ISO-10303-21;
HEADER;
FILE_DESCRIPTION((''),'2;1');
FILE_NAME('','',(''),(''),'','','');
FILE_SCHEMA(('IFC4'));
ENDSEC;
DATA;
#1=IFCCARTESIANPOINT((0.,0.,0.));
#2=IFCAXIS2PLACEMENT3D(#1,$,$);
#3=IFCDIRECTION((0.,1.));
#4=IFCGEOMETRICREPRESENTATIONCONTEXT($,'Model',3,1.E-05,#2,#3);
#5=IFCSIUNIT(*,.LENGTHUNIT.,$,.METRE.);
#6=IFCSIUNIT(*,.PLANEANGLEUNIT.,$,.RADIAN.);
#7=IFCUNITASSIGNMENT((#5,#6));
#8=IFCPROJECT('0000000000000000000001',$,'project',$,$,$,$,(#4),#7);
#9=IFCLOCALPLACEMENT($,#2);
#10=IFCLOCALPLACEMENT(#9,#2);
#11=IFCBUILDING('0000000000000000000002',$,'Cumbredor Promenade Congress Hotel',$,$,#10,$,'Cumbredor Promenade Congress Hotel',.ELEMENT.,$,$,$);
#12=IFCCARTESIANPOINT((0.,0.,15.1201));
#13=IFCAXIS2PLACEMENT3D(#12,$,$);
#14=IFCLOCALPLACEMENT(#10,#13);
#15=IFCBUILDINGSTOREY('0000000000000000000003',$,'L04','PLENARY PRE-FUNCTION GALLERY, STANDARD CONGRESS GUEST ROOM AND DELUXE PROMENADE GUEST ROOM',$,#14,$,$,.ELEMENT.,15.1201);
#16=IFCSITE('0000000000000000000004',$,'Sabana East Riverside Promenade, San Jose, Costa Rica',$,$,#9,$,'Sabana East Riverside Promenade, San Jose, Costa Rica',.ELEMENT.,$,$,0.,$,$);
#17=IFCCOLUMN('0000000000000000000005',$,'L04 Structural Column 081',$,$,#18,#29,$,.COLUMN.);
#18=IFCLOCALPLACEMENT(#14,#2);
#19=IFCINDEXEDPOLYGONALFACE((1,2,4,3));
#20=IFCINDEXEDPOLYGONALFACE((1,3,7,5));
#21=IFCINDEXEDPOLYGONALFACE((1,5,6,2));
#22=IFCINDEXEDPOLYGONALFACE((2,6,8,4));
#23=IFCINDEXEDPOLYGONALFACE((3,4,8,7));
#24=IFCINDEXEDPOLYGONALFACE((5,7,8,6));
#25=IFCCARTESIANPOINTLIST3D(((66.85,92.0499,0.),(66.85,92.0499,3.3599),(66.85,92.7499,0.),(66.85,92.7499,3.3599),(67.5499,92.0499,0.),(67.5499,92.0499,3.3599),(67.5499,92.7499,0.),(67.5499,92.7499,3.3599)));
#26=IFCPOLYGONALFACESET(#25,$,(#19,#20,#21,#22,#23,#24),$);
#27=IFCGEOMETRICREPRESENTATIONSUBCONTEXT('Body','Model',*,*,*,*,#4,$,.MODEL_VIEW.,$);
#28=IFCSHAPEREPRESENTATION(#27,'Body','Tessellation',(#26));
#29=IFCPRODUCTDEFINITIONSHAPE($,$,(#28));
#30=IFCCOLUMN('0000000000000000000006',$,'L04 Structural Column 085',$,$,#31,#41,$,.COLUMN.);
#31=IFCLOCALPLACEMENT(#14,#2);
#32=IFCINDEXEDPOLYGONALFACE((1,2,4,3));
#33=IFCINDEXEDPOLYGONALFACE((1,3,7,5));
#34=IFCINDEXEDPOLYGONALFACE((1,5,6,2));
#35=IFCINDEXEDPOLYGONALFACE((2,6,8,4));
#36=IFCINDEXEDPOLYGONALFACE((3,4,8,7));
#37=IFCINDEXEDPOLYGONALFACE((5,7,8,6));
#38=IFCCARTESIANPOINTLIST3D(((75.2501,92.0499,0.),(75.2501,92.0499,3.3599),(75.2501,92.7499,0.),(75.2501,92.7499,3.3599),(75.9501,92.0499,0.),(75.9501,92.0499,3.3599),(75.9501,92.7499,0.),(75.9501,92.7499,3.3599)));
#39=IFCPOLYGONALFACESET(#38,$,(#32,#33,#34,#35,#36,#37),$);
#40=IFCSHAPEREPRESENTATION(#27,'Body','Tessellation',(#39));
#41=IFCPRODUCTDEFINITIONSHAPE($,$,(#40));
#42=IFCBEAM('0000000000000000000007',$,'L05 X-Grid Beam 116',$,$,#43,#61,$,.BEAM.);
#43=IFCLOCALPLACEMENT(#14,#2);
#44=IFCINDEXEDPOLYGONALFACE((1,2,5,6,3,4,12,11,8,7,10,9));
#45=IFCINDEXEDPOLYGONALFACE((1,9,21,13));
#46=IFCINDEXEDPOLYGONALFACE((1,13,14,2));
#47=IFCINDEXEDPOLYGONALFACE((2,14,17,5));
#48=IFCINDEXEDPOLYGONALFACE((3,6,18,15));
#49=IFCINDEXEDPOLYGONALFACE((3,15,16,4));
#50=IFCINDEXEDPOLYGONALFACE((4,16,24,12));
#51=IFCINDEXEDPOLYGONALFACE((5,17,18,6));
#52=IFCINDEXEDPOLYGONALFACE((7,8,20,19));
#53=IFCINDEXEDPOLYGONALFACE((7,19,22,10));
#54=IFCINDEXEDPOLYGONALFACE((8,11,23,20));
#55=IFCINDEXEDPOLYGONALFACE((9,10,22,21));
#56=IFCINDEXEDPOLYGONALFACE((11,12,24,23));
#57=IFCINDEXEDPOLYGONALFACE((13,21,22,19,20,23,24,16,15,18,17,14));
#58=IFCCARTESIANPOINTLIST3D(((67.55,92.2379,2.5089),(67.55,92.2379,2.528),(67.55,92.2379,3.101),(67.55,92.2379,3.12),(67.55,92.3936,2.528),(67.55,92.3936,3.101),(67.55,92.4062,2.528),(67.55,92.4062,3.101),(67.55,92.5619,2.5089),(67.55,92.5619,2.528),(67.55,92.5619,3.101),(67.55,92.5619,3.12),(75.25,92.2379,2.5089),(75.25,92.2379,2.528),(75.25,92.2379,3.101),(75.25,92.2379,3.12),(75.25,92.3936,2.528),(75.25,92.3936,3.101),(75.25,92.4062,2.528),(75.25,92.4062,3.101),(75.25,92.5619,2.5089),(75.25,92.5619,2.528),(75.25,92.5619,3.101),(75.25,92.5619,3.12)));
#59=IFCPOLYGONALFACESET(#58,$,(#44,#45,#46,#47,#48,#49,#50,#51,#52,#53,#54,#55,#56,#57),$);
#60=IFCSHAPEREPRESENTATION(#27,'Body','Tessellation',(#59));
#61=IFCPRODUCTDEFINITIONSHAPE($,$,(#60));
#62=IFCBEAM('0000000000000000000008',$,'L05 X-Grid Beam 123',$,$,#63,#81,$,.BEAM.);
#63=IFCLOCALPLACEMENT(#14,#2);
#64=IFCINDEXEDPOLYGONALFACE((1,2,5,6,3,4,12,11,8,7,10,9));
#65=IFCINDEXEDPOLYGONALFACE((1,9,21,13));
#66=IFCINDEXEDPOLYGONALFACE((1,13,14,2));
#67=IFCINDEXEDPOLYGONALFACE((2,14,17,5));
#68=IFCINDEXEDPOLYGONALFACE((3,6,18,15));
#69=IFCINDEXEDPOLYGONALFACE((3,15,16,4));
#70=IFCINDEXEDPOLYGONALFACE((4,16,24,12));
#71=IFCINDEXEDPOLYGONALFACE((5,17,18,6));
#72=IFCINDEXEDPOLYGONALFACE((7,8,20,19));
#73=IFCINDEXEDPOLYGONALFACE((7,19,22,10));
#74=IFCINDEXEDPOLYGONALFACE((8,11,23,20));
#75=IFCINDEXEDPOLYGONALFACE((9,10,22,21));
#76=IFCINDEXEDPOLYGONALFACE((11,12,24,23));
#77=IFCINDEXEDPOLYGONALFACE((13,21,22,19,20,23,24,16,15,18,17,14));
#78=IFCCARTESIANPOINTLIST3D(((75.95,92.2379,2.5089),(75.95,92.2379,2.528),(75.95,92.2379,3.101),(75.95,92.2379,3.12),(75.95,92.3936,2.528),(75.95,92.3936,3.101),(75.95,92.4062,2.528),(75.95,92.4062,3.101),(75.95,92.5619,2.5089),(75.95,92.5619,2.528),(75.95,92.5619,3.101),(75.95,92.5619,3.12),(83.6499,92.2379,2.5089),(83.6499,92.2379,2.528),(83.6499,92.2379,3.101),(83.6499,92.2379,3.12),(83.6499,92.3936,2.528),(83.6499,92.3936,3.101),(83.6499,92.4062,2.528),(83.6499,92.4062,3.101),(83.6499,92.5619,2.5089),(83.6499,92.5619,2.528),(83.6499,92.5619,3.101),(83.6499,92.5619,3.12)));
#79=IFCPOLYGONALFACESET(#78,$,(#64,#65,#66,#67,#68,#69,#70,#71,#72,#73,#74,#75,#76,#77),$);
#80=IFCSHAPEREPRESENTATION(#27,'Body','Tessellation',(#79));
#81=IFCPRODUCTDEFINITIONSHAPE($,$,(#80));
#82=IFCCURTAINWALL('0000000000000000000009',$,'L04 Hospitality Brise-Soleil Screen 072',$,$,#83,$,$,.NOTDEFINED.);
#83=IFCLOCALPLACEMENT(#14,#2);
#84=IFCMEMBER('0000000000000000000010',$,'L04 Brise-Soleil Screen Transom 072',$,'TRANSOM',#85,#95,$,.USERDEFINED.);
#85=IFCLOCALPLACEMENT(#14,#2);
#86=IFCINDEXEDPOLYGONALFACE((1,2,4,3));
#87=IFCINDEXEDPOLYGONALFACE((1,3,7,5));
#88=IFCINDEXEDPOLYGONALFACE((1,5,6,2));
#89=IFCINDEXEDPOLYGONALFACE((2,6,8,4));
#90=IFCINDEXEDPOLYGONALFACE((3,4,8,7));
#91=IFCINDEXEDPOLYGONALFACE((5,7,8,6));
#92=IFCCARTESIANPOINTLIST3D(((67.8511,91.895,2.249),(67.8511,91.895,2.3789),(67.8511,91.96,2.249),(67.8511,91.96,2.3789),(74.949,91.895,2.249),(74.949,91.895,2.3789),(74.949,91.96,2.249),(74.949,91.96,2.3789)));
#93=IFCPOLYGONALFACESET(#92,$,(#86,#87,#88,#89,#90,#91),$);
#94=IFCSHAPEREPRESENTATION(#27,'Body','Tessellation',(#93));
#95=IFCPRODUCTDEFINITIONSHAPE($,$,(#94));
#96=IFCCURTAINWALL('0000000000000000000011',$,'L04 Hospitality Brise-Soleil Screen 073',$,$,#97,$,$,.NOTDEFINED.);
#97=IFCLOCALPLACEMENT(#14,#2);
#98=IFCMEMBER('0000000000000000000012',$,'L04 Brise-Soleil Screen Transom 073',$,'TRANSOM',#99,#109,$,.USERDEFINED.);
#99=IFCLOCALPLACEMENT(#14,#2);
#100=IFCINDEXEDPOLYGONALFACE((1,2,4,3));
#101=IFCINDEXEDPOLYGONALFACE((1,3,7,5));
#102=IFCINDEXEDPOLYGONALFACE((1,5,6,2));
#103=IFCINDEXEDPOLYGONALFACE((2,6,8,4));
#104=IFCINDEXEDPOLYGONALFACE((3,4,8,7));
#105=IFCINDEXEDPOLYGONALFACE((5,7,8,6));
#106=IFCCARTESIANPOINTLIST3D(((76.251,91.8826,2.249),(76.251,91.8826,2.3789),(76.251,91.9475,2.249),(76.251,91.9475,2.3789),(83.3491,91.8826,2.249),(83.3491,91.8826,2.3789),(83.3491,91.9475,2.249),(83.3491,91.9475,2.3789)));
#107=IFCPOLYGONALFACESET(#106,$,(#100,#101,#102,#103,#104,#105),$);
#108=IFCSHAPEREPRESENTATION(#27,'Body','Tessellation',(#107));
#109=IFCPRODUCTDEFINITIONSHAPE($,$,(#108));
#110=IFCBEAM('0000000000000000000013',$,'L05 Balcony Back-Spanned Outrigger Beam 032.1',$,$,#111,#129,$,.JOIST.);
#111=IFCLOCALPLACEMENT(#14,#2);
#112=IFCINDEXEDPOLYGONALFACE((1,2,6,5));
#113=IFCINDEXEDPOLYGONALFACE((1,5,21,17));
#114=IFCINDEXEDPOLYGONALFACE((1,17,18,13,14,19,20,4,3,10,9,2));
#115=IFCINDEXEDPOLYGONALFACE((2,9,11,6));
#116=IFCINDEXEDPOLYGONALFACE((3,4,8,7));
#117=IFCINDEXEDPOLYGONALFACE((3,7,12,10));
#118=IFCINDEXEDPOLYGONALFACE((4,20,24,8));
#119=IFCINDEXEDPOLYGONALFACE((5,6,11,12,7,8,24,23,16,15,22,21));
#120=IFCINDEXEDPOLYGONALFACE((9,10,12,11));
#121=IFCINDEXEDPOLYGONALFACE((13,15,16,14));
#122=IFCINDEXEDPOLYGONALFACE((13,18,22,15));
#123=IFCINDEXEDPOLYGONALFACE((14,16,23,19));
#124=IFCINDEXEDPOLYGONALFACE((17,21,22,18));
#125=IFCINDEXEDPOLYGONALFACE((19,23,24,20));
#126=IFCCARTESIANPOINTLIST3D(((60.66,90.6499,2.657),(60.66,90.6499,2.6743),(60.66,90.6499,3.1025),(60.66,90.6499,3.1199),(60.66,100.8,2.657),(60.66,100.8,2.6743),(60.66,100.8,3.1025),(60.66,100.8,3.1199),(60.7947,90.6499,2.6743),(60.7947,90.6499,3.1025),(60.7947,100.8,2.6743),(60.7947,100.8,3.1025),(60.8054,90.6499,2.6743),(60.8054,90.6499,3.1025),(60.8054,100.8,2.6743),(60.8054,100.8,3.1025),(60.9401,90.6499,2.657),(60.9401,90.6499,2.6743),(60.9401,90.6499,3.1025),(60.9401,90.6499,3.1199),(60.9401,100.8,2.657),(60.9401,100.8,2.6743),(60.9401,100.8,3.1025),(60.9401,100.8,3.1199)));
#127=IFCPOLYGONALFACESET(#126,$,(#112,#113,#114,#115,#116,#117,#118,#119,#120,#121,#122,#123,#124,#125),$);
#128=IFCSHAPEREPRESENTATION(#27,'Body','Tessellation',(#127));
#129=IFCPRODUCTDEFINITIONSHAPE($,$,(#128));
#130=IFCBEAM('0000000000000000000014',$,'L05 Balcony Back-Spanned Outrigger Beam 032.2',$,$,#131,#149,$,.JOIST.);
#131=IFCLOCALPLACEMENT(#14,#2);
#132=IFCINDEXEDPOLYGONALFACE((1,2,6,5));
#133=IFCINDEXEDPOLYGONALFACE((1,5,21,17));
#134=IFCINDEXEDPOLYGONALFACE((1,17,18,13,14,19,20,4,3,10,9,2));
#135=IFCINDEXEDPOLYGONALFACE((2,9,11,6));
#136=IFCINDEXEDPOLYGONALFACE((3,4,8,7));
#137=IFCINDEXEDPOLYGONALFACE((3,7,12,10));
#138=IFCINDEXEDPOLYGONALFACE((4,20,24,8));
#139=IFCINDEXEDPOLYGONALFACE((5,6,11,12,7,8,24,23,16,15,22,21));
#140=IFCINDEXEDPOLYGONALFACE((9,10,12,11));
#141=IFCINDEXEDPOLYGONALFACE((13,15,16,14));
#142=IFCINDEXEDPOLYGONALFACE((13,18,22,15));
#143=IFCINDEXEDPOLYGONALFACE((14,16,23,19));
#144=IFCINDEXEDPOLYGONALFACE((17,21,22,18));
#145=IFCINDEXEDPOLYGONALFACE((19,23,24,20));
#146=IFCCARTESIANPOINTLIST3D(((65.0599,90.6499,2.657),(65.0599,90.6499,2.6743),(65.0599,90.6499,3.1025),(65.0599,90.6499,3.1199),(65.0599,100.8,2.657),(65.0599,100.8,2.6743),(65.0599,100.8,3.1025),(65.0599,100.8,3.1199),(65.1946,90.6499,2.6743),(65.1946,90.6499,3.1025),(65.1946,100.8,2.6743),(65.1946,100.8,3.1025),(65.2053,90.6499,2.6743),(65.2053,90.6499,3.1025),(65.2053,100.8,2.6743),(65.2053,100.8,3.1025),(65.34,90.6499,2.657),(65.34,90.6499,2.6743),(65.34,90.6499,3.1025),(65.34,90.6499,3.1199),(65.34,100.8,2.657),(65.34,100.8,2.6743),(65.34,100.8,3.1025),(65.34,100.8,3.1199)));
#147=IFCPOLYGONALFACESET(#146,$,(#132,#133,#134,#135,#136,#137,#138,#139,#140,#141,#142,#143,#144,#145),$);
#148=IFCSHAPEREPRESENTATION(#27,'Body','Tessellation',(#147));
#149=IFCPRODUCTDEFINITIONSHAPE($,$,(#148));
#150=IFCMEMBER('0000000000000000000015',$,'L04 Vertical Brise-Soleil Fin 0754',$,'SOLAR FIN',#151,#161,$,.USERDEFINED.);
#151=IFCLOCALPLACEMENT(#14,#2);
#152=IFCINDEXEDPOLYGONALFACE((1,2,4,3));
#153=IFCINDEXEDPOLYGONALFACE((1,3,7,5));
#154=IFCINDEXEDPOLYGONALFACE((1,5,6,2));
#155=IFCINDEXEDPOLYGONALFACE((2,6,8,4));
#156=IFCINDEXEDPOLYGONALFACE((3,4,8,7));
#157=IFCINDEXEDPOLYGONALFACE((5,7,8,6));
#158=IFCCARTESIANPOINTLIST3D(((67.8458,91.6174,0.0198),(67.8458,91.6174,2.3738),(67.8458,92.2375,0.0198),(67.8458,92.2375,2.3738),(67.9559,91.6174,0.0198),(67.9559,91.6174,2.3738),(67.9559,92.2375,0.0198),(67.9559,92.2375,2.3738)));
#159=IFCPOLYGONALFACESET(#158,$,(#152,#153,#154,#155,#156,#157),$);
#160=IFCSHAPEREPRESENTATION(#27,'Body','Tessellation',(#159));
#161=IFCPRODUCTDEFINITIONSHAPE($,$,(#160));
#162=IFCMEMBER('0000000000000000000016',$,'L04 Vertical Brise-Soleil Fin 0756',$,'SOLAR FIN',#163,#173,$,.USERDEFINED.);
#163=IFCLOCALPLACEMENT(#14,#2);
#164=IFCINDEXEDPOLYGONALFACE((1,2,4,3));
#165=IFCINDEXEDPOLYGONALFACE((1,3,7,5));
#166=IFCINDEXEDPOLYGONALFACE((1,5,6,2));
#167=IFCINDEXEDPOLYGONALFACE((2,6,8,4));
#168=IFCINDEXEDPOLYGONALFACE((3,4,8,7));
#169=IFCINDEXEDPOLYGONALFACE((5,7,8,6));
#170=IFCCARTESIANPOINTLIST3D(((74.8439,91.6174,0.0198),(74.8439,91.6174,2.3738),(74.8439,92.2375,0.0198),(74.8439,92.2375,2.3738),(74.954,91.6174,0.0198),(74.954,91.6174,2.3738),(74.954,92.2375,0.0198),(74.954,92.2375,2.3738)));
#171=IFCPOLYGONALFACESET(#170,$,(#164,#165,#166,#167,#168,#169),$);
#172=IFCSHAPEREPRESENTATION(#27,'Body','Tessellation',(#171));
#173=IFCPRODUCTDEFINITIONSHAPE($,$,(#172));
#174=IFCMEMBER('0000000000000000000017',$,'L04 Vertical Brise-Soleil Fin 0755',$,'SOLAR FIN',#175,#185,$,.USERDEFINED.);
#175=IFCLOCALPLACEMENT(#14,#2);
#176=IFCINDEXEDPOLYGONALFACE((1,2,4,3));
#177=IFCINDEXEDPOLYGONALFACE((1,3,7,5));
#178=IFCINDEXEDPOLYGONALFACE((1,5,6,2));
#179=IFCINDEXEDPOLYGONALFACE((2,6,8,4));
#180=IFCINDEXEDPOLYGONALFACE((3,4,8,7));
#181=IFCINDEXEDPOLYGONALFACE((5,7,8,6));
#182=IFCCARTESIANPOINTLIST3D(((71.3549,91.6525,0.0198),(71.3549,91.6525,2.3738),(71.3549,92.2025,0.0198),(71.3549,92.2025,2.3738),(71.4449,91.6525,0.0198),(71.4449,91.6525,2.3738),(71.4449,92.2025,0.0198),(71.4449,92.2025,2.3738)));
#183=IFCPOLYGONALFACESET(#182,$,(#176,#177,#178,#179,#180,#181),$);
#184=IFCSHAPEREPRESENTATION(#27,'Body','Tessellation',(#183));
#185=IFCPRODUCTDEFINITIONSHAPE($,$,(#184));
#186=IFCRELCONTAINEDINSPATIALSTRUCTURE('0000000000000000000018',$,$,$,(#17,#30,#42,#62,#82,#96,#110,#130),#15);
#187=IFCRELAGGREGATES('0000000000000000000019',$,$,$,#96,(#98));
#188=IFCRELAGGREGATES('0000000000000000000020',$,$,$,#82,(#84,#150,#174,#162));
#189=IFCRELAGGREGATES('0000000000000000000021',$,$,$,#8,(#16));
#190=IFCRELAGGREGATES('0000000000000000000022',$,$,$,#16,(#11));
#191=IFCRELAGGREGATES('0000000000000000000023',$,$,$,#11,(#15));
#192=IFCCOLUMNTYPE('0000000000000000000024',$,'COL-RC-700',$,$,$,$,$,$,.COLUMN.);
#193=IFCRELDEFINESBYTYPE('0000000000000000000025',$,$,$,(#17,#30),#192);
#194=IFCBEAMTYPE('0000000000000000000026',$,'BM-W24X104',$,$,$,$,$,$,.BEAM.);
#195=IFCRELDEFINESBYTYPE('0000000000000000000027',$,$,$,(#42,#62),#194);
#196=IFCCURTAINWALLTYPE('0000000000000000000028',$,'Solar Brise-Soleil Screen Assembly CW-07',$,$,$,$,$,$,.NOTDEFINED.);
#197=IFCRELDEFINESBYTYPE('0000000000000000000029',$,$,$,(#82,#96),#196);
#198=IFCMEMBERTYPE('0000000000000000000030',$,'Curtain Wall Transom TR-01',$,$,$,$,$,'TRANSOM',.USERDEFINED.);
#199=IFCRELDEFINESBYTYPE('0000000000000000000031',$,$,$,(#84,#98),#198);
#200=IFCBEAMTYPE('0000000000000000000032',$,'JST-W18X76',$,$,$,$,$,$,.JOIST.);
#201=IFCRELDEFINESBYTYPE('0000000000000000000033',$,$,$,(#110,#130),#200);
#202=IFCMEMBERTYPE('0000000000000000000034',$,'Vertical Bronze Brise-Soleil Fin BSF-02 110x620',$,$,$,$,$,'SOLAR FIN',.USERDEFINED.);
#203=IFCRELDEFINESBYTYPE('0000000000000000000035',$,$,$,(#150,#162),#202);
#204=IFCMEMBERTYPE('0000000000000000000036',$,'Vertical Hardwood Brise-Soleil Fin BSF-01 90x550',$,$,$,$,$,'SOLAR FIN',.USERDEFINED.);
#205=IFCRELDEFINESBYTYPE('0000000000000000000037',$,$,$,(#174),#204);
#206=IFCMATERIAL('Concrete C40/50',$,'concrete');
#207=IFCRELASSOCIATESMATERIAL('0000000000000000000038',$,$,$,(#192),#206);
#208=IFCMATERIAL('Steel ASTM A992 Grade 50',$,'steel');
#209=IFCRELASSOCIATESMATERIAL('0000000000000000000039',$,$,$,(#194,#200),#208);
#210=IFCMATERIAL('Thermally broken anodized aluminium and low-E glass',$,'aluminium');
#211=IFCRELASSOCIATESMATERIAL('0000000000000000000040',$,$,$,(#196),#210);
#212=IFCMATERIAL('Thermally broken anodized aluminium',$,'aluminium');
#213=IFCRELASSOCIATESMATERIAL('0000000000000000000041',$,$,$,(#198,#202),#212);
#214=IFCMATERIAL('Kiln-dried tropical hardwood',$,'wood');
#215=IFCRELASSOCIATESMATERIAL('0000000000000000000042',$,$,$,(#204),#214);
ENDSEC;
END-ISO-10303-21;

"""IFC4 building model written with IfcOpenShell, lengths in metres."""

from ifc_helpers import new_model, si_unit, direction, frame, origin, origin_2d, place, context, subcontext, project, spatial, rectangle, i_section, extrude, material, material_profile, profile_set, type_object, element, aggregate, save


model = new_model("IFC4")

# Units and contexts
model_context = context("Model", 3, precision=1e-05, world=origin(), true_north=direction((0.0, 1.0)))
body_context = subcontext(model_context, "Body", "Model", "MODEL_VIEW")
ifc_project = project(units=[si_unit("LENGTHUNIT", "METRE"), si_unit("PLANEANGLEUNIT", "RADIAN")], contexts=[model_context])

# Site, building, storey
site_placement = place(None, origin())
site = spatial("IfcSite", under=ifc_project, at=site_placement, Name="Sabana East Riverside Promenade, San Jose, Costa Rica", LongName="Sabana East Riverside Promenade, San Jose, Costa Rica", CompositionType="ELEMENT", RefElevation=0.0)
building_placement = place(site_placement, origin())
building = spatial("IfcBuilding", under=site, at=building_placement, Name="Cumbredor Promenade Congress Hotel", LongName="Cumbredor Promenade Congress Hotel", CompositionType="ELEMENT")
storey_placement = place(building_placement, frame((0.0, 0.0, 15.1201)))
storey = spatial("IfcBuildingStorey", under=building, at=storey_placement, Name="L04", Description="PLENARY PRE-FUNCTION GALLERY, STANDARD CONGRESS GUEST ROOM AND DELUXE PROMENADE GUEST ROOM", CompositionType="ELEMENT", Elevation=15.1201)

# Columns
ifc_material_1 = material(Name="Concrete C40/50", Category="concrete")
ifc_material_profile_1 = material_profile(ifc_material_1, rectangle(XDim=0.7, YDim=0.7, at=origin_2d()), Name="RC 700x700")
ifc_profile_set_1 = profile_set([ifc_material_profile_1], Name="Concrete C40/50")
column_type = type_object("IfcColumnType", Name="COL-RC-700", PredefinedType="COLUMN", material=ifc_profile_set_1)
for number, where, z_axis, x_axis, name in (
    (1, (67.2, 92.3999, 0.0), (0.0, 0.0, 1.0), (1.0, 0.0, 0.0), "L04 Structural Column 081"),
    (2, (75.6001, 92.3999, 0.0), (0.0, 0.0, 1.0), (1.0, 0.0, 0.0), "L04 Structural Column 085"),
):
    element("IfcColumn", number, at=place(storey_placement, frame(where, z_axis=z_axis, x_axis=x_axis)), inside=storey, type_object=column_type, Name=name, PredefinedType="COLUMN", context=body_context, shape_type="SweptSolid", body=[
        extrude(rectangle(XDim=0.7, YDim=0.7, at=origin_2d()), origin(), (0.0, 0.0, 1.0), 3.3599),
    ])

# Beams
ifc_material_2 = material(Name="Steel ASTM A992 Grade 50", Category="steel")
ifc_material_profile_2 = material_profile(ifc_material_2, i_section(OverallWidth=0.324, OverallDepth=0.6111, WebThickness=0.0127, FlangeThickness=0.019, at=origin_2d()), Name="W24X104")
ifc_profile_set_2 = profile_set([ifc_material_profile_2], Name="Steel ASTM A992 Grade 50")
beam_type_1 = type_object("IfcBeamType", Name="BM-W24X104", PredefinedType="BEAM", material=ifc_profile_set_2)
for number, where, z_axis, x_axis, name in (
    (3, (67.55, 92.3999, 2.8145), (1.0, 0.0, 0.0), (0.0, 1.0, 0.0), "L05 X-Grid Beam 116"),
    (4, (75.95, 92.3999, 2.8145), (1.0, 0.0, 0.0), (0.0, 1.0, 0.0), "L05 X-Grid Beam 123"),
):
    element("IfcBeam", number, at=place(storey_placement, frame(where, z_axis=z_axis, x_axis=x_axis)), inside=storey, type_object=beam_type_1, Name=name, PredefinedType="BEAM", context=body_context, shape_type="SweptSolid", body=[
        extrude(i_section(OverallWidth=0.324, OverallDepth=0.6111, WebThickness=0.0127, FlangeThickness=0.019, at=origin_2d()), origin(), (0.0, 0.0, 1.0), 7.7),
    ])

# Curtain walls, members
ifc_material_3 = material(Name="Thermally broken anodized aluminium and low-E glass", Category="aluminium")
curtain_wall_type = type_object("IfcCurtainWallType", Name="Solar Brise-Soleil Screen Assembly CW-07", PredefinedType="NOTDEFINED", material=ifc_material_3)
curtain_wall_1_placement = place(storey_placement, origin())
curtain_wall_1 = element("IfcCurtainWall", 5, at=curtain_wall_1_placement, inside=storey, type_object=curtain_wall_type, Name="L04 Hospitality Brise-Soleil Screen 072", PredefinedType="NOTDEFINED")
ifc_material_4 = material(Name="Thermally broken anodized aluminium", Category="aluminium")
ifc_material_profile_3 = material_profile(ifc_material_4, rectangle(XDim=0.0649, YDim=0.1299, at=origin_2d()), Name="ALU TRANSOM 65x130")
ifc_profile_set_3 = profile_set([ifc_material_profile_3], Name="Thermally broken anodized aluminium")
member_type_1 = type_object("IfcMemberType", Name="Curtain Wall Transom TR-01", ElementType="TRANSOM", PredefinedType="USERDEFINED", material=ifc_profile_set_3)
member_1_placement = place(storey_placement, frame((67.8511, 91.9275, 2.314), z_axis=(1.0, 0.0, 0.0), x_axis=(0.0, 1.0, 0.0)))
member_1 = element("IfcMember", 6, at=member_1_placement, type_object=member_type_1, Name="L04 Brise-Soleil Screen Transom 072", ObjectType="TRANSOM", PredefinedType="USERDEFINED", context=body_context, shape_type="SweptSolid", body=[
    extrude(rectangle(XDim=0.0649, YDim=0.1299, at=origin_2d()), origin(), (0.0, 0.0, 1.0), 7.0979),
])
curtain_wall_2_placement = place(storey_placement, origin())
curtain_wall_2 = element("IfcCurtainWall", 7, at=curtain_wall_2_placement, inside=storey, type_object=curtain_wall_type, Name="L04 Hospitality Brise-Soleil Screen 073", PredefinedType="NOTDEFINED")
member_2_placement = place(storey_placement, frame((76.251, 91.915, 2.314), z_axis=(1.0, 0.0, 0.0), x_axis=(0.0, 1.0, 0.0)))
member_2 = element("IfcMember", 8, at=member_2_placement, type_object=member_type_1, Name="L04 Brise-Soleil Screen Transom 073", ObjectType="TRANSOM", PredefinedType="USERDEFINED", context=body_context, shape_type="SweptSolid", body=[
    extrude(rectangle(XDim=0.0649, YDim=0.1299, at=origin_2d()), origin(), (0.0, 0.0, 1.0), 7.0981),
])

# Beams
ifc_material_profile_4 = material_profile(ifc_material_2, i_section(OverallWidth=0.28, OverallDepth=0.4629, WebThickness=0.0107, FlangeThickness=0.0173, at=origin_2d()), Name="W18X76")
ifc_profile_set_4 = profile_set([ifc_material_profile_4], Name="Steel ASTM A992 Grade 50")
beam_type_2 = type_object("IfcBeamType", Name="JST-W18X76", PredefinedType="JOIST", material=ifc_profile_set_4)
for number, where, z_axis, x_axis, name in (
    (9, (60.8, 90.6499, 2.8884), (0.0, 1.0, 0.0), (-1.0, 0.0, 0.0), "L05 Balcony Back-Spanned Outrigger Beam 032.1"),
    (10, (65.2, 90.6499, 2.8884), (0.0, 1.0, 0.0), (-1.0, 0.0, 0.0), "L05 Balcony Back-Spanned Outrigger Beam 032.2"),
):
    element("IfcBeam", number, at=place(storey_placement, frame(where, z_axis=z_axis, x_axis=x_axis)), inside=storey, type_object=beam_type_2, Name=name, PredefinedType="JOIST", context=body_context, shape_type="SweptSolid", body=[
        extrude(i_section(OverallWidth=0.28, OverallDepth=0.4629, WebThickness=0.0107, FlangeThickness=0.0173, at=origin_2d()), origin(), (0.0, 0.0, 1.0), 10.1501),
    ])

# Members
ifc_material_profile_5 = material_profile(ifc_material_4, rectangle(XDim=0.1101, YDim=0.6201, at=origin_2d()), Name="ARCH FIN 110x620")
ifc_profile_set_5 = profile_set([ifc_material_profile_5], Name="Thermally broken anodized aluminium")
member_type_2 = type_object("IfcMemberType", Name="Vertical Bronze Brise-Soleil Fin BSF-02 110x620", ElementType="SOLAR FIN", PredefinedType="USERDEFINED", material=ifc_profile_set_5)
member_3_placement = place(storey_placement, frame((67.9009, 91.9275, 0.0198), z_axis=(0.0, 0.0, 1.0), x_axis=(1.0, 0.0, 0.0)))
member_3 = element("IfcMember", 11, at=member_3_placement, type_object=member_type_2, Name="L04 Vertical Brise-Soleil Fin 0754", ObjectType="SOLAR FIN", PredefinedType="USERDEFINED", context=body_context, shape_type="SweptSolid", body=[
    extrude(rectangle(XDim=0.1101, YDim=0.6201, at=origin_2d()), origin(), (0.0, 0.0, 1.0), 2.354),
])
member_4_placement = place(storey_placement, frame((74.8989, 91.9275, 0.0198), z_axis=(0.0, 0.0, 1.0), x_axis=(1.0, 0.0, 0.0)))
member_4 = element("IfcMember", 12, at=member_4_placement, type_object=member_type_2, Name="L04 Vertical Brise-Soleil Fin 0756", ObjectType="SOLAR FIN", PredefinedType="USERDEFINED", context=body_context, shape_type="SweptSolid", body=[
    extrude(rectangle(XDim=0.1101, YDim=0.6201, at=origin_2d()), origin(), (0.0, 0.0, 1.0), 2.354),
])
ifc_material_5 = material(Name="Kiln-dried tropical hardwood", Category="wood")
ifc_material_profile_6 = material_profile(ifc_material_5, rectangle(XDim=0.0901, YDim=0.55, at=origin_2d()), Name="ARCH FIN 90x550")
ifc_profile_set_6 = profile_set([ifc_material_profile_6], Name="Kiln-dried tropical hardwood")
member_type_3 = type_object("IfcMemberType", Name="Vertical Hardwood Brise-Soleil Fin BSF-01 90x550", ElementType="SOLAR FIN", PredefinedType="USERDEFINED", material=ifc_profile_set_6)
member_5_placement = place(storey_placement, frame((71.3999, 91.9275, 0.0198), z_axis=(0.0, 0.0, 1.0), x_axis=(1.0, 0.0, 0.0)))
member_5 = element("IfcMember", 13, at=member_5_placement, type_object=member_type_3, Name="L04 Vertical Brise-Soleil Fin 0755", ObjectType="SOLAR FIN", PredefinedType="USERDEFINED", context=body_context, shape_type="SweptSolid", body=[
    extrude(rectangle(XDim=0.0901, YDim=0.55, at=origin_2d()), origin(), (0.0, 0.0, 1.0), 2.354),
])
aggregate(curtain_wall_2, [member_2])

aggregate(curtain_wall_1, [member_1, member_3, member_5, member_4])

save(model, "model.ifc")
